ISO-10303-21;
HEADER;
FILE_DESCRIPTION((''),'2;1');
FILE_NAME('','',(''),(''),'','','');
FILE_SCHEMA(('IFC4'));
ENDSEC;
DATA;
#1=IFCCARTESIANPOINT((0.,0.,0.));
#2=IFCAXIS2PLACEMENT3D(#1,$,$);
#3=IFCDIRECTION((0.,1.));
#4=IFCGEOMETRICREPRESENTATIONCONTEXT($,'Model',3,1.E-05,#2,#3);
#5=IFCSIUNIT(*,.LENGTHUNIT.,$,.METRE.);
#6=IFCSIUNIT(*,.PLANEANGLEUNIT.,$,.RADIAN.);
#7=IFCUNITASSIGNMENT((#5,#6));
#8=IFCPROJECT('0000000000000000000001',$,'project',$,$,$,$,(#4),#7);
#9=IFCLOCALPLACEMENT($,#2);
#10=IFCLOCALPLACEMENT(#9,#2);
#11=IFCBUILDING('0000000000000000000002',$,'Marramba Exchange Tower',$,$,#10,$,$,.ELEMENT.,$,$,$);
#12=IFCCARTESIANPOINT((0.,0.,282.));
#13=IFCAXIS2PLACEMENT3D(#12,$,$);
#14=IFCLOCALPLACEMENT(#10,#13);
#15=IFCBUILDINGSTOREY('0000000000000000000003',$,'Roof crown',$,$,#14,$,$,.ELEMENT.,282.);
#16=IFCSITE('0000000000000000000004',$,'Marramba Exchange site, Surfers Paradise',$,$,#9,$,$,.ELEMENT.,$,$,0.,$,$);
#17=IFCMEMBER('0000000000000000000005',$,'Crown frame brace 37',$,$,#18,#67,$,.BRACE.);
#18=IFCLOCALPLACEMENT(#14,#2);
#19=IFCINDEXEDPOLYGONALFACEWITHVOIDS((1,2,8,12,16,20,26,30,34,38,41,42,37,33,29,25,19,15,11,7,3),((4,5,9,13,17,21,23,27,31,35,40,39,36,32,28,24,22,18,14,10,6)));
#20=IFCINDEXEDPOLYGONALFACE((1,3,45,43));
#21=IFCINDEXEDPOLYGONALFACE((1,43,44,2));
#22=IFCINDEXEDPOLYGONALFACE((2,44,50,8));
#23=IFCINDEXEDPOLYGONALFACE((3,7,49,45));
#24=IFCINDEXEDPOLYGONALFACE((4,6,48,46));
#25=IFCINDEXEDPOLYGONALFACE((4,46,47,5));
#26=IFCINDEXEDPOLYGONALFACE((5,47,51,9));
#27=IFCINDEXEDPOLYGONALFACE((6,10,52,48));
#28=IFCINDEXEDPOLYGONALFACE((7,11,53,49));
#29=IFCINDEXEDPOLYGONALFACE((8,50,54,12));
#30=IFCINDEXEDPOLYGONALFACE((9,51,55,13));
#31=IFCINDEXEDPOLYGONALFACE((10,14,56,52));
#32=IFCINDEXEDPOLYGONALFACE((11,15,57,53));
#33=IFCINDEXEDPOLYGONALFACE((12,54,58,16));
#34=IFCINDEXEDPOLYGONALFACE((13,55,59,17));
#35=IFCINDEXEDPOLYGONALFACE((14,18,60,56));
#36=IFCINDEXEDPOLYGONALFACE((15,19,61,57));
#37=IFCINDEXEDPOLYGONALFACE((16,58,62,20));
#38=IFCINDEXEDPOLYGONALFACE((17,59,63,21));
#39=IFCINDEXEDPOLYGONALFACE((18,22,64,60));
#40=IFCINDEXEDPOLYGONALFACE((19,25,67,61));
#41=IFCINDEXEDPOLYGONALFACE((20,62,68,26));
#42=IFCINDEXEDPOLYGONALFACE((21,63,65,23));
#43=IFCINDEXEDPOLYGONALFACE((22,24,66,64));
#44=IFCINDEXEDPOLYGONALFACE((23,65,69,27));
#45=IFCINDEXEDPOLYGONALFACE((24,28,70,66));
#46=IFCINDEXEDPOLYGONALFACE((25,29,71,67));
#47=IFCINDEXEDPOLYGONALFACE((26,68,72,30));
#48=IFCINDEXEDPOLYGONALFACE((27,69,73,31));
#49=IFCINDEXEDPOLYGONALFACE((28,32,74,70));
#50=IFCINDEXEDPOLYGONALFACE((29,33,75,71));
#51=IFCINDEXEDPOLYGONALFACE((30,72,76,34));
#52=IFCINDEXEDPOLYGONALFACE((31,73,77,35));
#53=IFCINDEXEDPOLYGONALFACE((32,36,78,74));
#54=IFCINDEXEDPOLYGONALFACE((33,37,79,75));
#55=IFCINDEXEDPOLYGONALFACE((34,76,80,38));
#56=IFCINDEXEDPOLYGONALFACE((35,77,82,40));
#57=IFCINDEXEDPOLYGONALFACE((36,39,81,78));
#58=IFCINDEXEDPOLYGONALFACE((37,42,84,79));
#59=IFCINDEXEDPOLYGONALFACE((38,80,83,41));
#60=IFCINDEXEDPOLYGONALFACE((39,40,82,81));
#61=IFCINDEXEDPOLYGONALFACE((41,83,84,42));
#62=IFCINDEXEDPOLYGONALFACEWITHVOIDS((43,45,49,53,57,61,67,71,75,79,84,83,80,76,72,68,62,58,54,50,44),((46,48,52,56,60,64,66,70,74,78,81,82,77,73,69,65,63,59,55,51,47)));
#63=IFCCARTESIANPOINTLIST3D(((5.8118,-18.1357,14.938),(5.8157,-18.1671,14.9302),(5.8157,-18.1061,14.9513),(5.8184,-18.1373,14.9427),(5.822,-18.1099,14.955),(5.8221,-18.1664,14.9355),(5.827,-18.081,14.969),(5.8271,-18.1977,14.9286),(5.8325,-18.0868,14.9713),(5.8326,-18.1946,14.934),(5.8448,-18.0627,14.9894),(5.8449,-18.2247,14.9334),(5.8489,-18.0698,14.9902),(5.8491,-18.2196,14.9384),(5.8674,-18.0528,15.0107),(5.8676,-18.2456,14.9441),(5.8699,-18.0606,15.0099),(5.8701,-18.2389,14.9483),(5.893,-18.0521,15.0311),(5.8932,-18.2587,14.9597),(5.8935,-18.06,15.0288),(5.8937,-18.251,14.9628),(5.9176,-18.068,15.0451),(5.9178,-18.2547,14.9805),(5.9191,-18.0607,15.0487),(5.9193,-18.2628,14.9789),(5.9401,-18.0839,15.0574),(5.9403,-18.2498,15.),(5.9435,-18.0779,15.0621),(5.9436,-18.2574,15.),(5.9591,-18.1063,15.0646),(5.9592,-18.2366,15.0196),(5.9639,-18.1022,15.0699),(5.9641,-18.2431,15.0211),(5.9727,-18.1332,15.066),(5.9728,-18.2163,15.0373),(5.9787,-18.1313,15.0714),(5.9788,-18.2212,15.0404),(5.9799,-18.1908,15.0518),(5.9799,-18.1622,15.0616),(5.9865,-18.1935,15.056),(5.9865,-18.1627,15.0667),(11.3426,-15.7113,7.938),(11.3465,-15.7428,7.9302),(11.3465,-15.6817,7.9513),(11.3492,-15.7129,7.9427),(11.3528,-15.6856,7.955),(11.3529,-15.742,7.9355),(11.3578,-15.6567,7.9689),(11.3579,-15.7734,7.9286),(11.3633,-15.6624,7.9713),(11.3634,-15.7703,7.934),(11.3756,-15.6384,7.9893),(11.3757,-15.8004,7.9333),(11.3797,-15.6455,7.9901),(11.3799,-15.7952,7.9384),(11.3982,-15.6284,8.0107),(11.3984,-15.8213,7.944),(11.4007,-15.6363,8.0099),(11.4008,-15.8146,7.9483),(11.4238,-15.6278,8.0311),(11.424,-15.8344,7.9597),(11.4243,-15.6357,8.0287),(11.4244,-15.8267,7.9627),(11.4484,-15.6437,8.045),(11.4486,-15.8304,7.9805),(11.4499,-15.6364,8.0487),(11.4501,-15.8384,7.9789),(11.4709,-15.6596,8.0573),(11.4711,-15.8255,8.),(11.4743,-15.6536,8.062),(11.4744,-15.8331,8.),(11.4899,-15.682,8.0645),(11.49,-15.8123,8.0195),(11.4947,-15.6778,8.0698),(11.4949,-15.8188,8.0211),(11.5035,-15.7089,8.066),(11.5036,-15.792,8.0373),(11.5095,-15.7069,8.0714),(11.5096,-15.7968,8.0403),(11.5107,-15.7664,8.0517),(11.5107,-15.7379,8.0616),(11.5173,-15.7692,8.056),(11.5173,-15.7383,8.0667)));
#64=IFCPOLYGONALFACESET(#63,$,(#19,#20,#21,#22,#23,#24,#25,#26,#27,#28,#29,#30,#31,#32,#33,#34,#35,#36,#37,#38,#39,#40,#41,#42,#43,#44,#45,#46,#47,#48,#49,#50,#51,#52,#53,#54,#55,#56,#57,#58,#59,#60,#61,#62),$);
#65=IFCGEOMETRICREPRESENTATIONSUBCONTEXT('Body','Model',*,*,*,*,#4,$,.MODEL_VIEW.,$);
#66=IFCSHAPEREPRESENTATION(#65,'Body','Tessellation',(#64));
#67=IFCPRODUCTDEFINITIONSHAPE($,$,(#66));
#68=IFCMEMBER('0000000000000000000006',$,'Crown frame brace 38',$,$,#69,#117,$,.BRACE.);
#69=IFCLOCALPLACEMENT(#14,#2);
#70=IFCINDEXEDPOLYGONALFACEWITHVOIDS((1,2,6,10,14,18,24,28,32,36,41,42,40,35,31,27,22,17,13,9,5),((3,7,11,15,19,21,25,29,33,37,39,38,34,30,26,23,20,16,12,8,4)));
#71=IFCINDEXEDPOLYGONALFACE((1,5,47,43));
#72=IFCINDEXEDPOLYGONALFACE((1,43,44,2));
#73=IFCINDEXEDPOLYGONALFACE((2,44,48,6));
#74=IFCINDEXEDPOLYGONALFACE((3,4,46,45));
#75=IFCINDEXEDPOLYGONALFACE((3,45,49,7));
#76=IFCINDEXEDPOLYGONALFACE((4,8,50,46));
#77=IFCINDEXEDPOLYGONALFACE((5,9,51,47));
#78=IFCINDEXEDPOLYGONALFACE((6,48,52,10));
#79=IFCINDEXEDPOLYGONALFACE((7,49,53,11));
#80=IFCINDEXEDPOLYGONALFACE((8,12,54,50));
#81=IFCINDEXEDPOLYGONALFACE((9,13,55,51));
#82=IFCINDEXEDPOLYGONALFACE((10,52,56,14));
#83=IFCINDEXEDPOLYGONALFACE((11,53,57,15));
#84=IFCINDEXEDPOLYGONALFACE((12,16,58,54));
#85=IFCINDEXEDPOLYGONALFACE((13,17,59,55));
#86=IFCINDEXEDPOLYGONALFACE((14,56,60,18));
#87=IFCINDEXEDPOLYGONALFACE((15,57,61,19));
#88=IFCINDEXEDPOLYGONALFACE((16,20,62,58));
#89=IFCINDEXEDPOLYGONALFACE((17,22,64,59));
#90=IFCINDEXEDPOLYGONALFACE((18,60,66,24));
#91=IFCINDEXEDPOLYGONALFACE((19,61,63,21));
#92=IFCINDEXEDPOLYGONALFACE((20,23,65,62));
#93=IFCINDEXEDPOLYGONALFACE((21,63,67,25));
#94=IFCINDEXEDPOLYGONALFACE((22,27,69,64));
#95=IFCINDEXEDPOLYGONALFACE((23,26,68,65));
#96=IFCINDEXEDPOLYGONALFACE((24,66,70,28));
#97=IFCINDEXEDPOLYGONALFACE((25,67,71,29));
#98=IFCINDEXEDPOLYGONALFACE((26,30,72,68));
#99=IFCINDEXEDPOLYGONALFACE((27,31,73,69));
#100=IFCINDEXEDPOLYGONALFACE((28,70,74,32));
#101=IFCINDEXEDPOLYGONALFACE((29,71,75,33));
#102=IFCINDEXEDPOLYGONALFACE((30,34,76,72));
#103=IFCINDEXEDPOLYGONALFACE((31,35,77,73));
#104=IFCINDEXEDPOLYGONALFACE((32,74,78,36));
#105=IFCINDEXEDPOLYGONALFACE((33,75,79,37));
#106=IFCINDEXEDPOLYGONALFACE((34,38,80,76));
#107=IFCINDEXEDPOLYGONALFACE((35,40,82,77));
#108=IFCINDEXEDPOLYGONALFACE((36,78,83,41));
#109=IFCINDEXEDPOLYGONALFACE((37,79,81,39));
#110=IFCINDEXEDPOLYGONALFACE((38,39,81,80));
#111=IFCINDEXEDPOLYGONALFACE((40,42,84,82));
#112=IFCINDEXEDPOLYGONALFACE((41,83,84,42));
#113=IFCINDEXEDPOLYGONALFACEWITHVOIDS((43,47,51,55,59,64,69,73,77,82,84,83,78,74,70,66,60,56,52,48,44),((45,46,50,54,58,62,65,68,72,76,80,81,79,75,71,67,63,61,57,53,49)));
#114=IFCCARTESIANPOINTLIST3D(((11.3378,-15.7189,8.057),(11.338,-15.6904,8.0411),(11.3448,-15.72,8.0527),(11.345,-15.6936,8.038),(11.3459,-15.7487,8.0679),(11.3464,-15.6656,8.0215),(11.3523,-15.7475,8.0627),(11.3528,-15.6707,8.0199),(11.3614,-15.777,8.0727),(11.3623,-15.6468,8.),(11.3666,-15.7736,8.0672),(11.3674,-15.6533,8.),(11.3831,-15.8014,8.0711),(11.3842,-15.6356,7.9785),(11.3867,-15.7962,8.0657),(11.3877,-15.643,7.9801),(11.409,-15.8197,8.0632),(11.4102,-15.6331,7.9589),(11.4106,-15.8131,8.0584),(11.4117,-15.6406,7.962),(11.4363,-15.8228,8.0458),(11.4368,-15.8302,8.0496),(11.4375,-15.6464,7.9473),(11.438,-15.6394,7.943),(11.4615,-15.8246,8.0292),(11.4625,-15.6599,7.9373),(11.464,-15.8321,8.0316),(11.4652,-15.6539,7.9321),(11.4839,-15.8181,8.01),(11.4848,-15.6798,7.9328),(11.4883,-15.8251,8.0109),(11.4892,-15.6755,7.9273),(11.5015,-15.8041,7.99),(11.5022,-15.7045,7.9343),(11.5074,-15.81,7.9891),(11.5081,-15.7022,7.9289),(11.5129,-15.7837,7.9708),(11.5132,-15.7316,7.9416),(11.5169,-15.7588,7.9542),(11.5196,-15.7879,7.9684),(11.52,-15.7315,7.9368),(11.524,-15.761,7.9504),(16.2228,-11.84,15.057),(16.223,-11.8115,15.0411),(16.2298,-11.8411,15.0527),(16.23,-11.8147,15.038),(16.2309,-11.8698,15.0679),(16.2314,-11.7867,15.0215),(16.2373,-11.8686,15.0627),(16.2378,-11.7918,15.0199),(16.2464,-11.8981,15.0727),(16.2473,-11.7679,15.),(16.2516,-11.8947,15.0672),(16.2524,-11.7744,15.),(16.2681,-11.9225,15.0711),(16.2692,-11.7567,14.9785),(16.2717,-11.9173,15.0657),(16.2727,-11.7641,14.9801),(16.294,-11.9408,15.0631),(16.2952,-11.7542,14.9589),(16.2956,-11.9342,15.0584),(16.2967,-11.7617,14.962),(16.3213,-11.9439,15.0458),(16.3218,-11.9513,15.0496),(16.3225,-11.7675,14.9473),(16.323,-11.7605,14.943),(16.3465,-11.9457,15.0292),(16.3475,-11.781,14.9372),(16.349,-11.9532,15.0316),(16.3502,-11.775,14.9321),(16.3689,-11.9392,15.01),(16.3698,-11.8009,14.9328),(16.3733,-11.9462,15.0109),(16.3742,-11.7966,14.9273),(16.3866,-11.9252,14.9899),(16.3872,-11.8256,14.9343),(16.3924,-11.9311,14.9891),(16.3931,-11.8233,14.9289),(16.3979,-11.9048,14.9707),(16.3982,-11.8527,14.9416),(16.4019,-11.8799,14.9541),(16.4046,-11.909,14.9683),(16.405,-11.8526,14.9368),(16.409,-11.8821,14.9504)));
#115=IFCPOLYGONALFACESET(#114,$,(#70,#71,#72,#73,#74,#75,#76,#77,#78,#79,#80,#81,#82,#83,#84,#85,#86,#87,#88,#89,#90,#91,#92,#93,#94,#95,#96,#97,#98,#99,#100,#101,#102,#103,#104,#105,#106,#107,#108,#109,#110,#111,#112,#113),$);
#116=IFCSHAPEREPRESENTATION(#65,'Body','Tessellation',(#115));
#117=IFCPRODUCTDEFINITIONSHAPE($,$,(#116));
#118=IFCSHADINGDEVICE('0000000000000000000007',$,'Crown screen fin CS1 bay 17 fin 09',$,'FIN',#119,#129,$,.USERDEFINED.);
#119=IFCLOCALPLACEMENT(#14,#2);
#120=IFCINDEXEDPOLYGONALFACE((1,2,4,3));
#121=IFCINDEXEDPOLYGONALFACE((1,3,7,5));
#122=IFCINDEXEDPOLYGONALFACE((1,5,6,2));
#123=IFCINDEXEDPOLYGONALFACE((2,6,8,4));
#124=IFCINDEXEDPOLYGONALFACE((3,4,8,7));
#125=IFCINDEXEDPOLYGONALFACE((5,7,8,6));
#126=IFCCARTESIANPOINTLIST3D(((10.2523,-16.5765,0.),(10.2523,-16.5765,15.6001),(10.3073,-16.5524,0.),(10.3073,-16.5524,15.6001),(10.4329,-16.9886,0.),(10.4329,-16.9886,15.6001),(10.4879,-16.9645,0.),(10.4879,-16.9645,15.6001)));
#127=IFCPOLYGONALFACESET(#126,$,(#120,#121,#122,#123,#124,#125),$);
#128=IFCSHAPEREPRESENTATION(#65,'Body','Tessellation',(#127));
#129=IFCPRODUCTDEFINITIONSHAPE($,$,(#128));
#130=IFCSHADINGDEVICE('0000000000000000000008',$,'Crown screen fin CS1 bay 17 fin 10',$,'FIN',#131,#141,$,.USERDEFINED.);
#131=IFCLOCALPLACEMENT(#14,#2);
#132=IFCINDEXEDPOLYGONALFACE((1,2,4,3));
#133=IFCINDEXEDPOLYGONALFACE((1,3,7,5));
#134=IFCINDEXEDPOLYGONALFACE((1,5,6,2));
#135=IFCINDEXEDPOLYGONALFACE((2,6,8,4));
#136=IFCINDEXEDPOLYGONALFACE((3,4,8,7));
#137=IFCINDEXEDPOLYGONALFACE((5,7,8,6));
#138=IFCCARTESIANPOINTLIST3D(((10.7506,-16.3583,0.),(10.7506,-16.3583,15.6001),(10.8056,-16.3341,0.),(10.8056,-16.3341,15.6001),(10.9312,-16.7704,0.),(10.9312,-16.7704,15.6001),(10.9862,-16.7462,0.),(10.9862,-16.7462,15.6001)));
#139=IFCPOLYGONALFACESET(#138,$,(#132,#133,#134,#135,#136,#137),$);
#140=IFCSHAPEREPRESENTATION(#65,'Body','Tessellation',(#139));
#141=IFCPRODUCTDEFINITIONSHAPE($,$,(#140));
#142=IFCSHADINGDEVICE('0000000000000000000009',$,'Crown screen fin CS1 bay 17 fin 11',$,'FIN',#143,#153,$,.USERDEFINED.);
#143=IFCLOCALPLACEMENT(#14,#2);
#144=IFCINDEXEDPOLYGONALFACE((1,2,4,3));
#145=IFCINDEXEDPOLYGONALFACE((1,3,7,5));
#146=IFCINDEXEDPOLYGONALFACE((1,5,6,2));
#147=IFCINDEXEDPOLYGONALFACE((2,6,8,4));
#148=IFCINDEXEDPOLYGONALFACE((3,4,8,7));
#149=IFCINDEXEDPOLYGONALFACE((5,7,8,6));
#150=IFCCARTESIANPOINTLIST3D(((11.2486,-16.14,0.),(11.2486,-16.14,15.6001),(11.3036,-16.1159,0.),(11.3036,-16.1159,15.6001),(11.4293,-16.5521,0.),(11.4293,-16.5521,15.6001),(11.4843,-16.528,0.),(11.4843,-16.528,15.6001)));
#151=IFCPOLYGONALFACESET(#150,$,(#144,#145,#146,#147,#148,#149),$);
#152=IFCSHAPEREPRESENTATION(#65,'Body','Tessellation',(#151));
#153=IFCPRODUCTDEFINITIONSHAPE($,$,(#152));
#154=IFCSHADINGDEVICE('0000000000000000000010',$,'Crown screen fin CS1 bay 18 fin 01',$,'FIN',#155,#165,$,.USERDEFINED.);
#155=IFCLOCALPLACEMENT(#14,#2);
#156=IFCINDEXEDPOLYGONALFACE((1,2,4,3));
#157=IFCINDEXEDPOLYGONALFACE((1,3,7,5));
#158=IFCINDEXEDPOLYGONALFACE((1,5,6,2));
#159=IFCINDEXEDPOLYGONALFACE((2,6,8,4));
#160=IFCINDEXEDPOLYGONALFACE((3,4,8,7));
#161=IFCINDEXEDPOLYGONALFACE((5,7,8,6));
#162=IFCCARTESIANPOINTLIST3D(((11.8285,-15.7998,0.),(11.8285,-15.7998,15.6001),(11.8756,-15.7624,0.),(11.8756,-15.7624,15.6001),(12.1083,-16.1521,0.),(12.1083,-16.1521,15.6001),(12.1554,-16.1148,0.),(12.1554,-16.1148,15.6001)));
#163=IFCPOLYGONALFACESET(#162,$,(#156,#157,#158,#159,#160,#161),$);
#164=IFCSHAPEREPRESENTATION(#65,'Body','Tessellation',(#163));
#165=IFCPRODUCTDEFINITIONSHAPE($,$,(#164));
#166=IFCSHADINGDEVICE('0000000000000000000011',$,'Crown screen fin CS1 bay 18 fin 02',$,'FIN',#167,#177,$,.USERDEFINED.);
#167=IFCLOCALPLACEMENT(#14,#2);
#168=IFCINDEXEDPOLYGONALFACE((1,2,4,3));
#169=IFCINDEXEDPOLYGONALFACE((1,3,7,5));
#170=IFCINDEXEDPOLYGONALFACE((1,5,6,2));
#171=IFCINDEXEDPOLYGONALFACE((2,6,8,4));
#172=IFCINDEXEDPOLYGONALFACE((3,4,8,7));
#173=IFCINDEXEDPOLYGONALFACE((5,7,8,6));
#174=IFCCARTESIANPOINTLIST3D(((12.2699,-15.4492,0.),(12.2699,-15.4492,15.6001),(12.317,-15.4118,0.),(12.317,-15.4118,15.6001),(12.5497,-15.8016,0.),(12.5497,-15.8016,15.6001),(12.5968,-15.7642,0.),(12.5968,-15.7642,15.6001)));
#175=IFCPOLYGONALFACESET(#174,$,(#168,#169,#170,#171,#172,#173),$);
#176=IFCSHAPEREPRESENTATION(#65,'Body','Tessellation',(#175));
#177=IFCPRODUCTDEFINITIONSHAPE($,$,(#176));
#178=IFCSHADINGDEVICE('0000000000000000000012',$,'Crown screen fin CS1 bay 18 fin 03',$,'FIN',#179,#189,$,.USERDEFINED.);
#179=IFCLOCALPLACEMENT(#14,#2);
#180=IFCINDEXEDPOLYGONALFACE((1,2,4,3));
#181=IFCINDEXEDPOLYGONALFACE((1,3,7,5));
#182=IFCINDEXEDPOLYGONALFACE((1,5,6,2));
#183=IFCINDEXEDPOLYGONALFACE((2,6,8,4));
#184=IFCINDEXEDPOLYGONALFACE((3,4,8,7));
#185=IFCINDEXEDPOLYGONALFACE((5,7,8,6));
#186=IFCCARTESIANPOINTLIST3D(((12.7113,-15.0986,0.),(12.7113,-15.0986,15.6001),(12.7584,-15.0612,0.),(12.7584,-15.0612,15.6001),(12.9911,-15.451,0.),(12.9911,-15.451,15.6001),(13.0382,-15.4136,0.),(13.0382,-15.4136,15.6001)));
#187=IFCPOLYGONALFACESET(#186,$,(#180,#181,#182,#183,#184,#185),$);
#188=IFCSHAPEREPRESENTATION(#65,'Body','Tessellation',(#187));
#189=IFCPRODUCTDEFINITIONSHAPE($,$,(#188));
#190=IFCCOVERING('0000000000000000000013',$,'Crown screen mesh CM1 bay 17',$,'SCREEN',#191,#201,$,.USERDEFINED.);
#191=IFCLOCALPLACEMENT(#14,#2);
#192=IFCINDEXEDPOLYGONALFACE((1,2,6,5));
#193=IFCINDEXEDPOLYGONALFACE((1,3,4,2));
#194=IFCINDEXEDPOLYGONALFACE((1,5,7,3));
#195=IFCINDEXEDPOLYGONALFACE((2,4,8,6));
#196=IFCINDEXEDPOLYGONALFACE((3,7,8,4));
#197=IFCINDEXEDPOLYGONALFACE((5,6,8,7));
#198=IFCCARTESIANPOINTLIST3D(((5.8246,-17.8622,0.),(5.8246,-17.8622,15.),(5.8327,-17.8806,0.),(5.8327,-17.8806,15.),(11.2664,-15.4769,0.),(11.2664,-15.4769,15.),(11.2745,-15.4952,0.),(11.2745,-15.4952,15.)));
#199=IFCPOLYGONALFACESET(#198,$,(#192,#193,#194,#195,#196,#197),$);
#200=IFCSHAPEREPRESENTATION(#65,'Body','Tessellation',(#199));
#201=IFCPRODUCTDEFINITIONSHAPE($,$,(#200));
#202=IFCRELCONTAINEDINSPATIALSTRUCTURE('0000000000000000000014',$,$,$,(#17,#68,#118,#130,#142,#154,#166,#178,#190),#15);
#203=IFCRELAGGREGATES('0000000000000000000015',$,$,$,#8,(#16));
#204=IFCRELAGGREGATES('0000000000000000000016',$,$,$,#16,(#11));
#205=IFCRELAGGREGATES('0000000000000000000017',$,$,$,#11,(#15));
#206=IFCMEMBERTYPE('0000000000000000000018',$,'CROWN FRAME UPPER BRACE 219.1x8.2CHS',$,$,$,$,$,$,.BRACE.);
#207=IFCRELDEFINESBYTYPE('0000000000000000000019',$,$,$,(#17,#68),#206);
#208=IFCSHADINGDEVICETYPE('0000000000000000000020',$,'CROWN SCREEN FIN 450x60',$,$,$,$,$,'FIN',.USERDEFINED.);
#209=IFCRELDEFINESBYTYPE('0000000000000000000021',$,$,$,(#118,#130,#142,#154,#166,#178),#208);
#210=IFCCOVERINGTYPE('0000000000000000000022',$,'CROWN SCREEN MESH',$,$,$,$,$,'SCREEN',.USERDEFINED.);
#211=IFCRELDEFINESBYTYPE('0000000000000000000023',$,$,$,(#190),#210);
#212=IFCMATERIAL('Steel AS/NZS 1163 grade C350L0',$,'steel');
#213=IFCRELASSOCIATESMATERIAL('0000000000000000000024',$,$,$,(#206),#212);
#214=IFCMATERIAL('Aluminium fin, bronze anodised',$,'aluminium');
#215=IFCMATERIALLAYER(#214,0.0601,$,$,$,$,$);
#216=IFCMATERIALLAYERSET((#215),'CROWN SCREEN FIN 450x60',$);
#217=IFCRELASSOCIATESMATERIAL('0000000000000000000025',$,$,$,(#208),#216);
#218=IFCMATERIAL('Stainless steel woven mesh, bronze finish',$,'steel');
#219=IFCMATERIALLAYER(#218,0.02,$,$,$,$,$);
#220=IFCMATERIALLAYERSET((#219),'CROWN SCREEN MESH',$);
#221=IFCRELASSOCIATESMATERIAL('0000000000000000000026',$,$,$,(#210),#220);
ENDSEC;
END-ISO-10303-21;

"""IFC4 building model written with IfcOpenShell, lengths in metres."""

from ifc_helpers import new_model, si_unit, direction, frame, origin, origin_2d, place, context, subcontext, project, spatial, rectangle, hollow_circle, extrude, material, layer, layer_set, material_profile, profile_set, type_object, element, save


model = new_model("IFC4")

# Units and contexts
model_context = context("Model", 3, precision=1e-05, world=origin(), true_north=direction((0.0, 1.0)))
body_context = subcontext(model_context, "Body", "Model", "MODEL_VIEW")
ifc_project = project(units=[si_unit("LENGTHUNIT", "METRE"), si_unit("PLANEANGLEUNIT", "RADIAN")], contexts=[model_context])

# Site, building, storey
site_placement = place(None, origin())
site = spatial("IfcSite", under=ifc_project, at=site_placement, Name="Marramba Exchange site, Surfers Paradise", CompositionType="ELEMENT", RefElevation=0.0)
building_placement = place(site_placement, origin())
building = spatial("IfcBuilding", under=site, at=building_placement, Name="Marramba Exchange Tower", CompositionType="ELEMENT")
storey_placement = place(building_placement, frame((0.0, 0.0, 282.0)))
storey = spatial("IfcBuildingStorey", under=building, at=storey_placement, Name="Roof crown", CompositionType="ELEMENT", Elevation=282.0)

# Shared definitions
ifc_material_1 = material(Name="Steel AS/NZS 1163 grade C350L0", Category="steel")

# Members
ifc_material_profile_1 = material_profile(ifc_material_1, hollow_circle(Radius=0.1096, WallThickness=0.0083, at=origin_2d()), Name="219.1x8.2CHS")
ifc_profile_set_1 = profile_set([ifc_material_profile_1], Name="Steel AS/NZS 1163 grade C350L0")
member_type_1 = type_object("IfcMemberType", Name="CROWN FRAME UPPER BRACE 219.1x8.2CHS", PredefinedType="BRACE", material=ifc_profile_set_1)
member_1_placement = place(storey_placement, frame((11.4304, -15.7327, 8.0), z_axis=(-0.598255, -0.262235, 0.757181), x_axis=(0.401459, -0.915877, 0.0)))
element("IfcMember", 1, at=member_1_placement, inside=storey, type_object=member_type_1, Name="Crown frame brace 37", PredefinedType="BRACE", context=body_context, shape_type="SweptSolid", body=[
    extrude(hollow_circle(Radius=0.1096, WallThickness=0.0083, at=origin_2d()), origin(), (0.0, 0.0, 1.0), 9.2449),
])
member_2_placement = place(storey_placement, frame((11.4304, -15.7327, 8.0), z_axis=(0.521013, 0.413706, 0.746588), x_axis=(-0.621846, 0.783139, 0.0)))
element("IfcMember", 2, at=member_2_placement, inside=storey, type_object=member_type_1, Name="Crown frame brace 38", PredefinedType="BRACE", context=body_context, shape_type="SweptSolid", body=[
    extrude(hollow_circle(Radius=0.1096, WallThickness=0.0083, at=origin_2d()), origin(), (0.0, 0.0, 1.0), 9.376),
])

# Shading devices
ifc_material_2 = material(Name="Aluminium fin, bronze anodised", Category="aluminium")
ifc_layer_1 = layer(ifc_material_2, 0.0601)
ifc_layer_set_1 = layer_set([ifc_layer_1], Name="CROWN SCREEN FIN 450x60")
shading_device_type = type_object("IfcShadingDeviceType", Name="CROWN SCREEN FIN 450x60", ElementType="FIN", PredefinedType="USERDEFINED", material=ifc_layer_set_1)
for number, where, z_axis, x_axis, name in (
    (3, (10.3701, -16.7705, 0.0), (0.0, 0.0, 1.0), (0.401466, -0.915874, 0.0), "Crown screen fin CS1 bay 17 fin 09"),
    (4, (10.8684, -16.5522, 0.0), (0.0, 0.0, 1.0), (0.401466, -0.915874, 0.0), "Crown screen fin CS1 bay 17 fin 10"),
    (5, (11.3665, -16.334, 0.0), (0.0, 0.0, 1.0), (0.401466, -0.915874, 0.0), "Crown screen fin CS1 bay 17 fin 11"),
    (6, (11.9919, -15.9573, 0.0), (0.0, 0.0, 1.0), (0.621845, -0.78314, 0.0), "Crown screen fin CS1 bay 18 fin 01"),
    (7, (12.4333, -15.6067, 0.0), (0.0, 0.0, 1.0), (0.621845, -0.78314, 0.0), "Crown screen fin CS1 bay 18 fin 02"),
    (8, (12.8748, -15.2561, 0.0), (0.0, 0.0, 1.0), (0.621845, -0.78314, 0.0), "Crown screen fin CS1 bay 18 fin 03"),
):
    element("IfcShadingDevice", number, at=place(storey_placement, frame(where, z_axis=z_axis, x_axis=x_axis)), inside=storey, type_object=shading_device_type, Name=name, ObjectType="FIN", PredefinedType="USERDEFINED", context=body_context, shape_type="SweptSolid", body=[
        extrude(rectangle(XDim=0.45, YDim=0.0601, at=origin_2d()), origin(), (0.0, 0.0, 1.0), 15.6001),
    ])

# Covering
ifc_material_3 = material(Name="Stainless steel woven mesh, bronze finish", Category="steel")
ifc_layer_2 = layer(ifc_material_3, 0.02)
ifc_layer_set_2 = layer_set([ifc_layer_2], Name="CROWN SCREEN MESH")
covering_type = type_object("IfcCoveringType", Name="CROWN SCREEN MESH", ElementType="SCREEN", PredefinedType="USERDEFINED", material=ifc_layer_set_2)
covering_placement = place(storey_placement, frame((8.5496, -16.6787, 0.0), z_axis=(0.0, 0.0, 1.0), x_axis=(0.915874, 0.401466, 0.0)))
element("IfcCovering", 9, at=covering_placement, inside=storey, type_object=covering_type, Name="Crown screen mesh CM1 bay 17", ObjectType="SCREEN", PredefinedType="USERDEFINED", context=body_context, shape_type="SweptSolid", body=[
    extrude(rectangle(XDim=5.9417, YDim=0.02, at=origin_2d()), origin(), (0.0, 0.0, 1.0), 15.0),
])

save(model, "model.ifc")
